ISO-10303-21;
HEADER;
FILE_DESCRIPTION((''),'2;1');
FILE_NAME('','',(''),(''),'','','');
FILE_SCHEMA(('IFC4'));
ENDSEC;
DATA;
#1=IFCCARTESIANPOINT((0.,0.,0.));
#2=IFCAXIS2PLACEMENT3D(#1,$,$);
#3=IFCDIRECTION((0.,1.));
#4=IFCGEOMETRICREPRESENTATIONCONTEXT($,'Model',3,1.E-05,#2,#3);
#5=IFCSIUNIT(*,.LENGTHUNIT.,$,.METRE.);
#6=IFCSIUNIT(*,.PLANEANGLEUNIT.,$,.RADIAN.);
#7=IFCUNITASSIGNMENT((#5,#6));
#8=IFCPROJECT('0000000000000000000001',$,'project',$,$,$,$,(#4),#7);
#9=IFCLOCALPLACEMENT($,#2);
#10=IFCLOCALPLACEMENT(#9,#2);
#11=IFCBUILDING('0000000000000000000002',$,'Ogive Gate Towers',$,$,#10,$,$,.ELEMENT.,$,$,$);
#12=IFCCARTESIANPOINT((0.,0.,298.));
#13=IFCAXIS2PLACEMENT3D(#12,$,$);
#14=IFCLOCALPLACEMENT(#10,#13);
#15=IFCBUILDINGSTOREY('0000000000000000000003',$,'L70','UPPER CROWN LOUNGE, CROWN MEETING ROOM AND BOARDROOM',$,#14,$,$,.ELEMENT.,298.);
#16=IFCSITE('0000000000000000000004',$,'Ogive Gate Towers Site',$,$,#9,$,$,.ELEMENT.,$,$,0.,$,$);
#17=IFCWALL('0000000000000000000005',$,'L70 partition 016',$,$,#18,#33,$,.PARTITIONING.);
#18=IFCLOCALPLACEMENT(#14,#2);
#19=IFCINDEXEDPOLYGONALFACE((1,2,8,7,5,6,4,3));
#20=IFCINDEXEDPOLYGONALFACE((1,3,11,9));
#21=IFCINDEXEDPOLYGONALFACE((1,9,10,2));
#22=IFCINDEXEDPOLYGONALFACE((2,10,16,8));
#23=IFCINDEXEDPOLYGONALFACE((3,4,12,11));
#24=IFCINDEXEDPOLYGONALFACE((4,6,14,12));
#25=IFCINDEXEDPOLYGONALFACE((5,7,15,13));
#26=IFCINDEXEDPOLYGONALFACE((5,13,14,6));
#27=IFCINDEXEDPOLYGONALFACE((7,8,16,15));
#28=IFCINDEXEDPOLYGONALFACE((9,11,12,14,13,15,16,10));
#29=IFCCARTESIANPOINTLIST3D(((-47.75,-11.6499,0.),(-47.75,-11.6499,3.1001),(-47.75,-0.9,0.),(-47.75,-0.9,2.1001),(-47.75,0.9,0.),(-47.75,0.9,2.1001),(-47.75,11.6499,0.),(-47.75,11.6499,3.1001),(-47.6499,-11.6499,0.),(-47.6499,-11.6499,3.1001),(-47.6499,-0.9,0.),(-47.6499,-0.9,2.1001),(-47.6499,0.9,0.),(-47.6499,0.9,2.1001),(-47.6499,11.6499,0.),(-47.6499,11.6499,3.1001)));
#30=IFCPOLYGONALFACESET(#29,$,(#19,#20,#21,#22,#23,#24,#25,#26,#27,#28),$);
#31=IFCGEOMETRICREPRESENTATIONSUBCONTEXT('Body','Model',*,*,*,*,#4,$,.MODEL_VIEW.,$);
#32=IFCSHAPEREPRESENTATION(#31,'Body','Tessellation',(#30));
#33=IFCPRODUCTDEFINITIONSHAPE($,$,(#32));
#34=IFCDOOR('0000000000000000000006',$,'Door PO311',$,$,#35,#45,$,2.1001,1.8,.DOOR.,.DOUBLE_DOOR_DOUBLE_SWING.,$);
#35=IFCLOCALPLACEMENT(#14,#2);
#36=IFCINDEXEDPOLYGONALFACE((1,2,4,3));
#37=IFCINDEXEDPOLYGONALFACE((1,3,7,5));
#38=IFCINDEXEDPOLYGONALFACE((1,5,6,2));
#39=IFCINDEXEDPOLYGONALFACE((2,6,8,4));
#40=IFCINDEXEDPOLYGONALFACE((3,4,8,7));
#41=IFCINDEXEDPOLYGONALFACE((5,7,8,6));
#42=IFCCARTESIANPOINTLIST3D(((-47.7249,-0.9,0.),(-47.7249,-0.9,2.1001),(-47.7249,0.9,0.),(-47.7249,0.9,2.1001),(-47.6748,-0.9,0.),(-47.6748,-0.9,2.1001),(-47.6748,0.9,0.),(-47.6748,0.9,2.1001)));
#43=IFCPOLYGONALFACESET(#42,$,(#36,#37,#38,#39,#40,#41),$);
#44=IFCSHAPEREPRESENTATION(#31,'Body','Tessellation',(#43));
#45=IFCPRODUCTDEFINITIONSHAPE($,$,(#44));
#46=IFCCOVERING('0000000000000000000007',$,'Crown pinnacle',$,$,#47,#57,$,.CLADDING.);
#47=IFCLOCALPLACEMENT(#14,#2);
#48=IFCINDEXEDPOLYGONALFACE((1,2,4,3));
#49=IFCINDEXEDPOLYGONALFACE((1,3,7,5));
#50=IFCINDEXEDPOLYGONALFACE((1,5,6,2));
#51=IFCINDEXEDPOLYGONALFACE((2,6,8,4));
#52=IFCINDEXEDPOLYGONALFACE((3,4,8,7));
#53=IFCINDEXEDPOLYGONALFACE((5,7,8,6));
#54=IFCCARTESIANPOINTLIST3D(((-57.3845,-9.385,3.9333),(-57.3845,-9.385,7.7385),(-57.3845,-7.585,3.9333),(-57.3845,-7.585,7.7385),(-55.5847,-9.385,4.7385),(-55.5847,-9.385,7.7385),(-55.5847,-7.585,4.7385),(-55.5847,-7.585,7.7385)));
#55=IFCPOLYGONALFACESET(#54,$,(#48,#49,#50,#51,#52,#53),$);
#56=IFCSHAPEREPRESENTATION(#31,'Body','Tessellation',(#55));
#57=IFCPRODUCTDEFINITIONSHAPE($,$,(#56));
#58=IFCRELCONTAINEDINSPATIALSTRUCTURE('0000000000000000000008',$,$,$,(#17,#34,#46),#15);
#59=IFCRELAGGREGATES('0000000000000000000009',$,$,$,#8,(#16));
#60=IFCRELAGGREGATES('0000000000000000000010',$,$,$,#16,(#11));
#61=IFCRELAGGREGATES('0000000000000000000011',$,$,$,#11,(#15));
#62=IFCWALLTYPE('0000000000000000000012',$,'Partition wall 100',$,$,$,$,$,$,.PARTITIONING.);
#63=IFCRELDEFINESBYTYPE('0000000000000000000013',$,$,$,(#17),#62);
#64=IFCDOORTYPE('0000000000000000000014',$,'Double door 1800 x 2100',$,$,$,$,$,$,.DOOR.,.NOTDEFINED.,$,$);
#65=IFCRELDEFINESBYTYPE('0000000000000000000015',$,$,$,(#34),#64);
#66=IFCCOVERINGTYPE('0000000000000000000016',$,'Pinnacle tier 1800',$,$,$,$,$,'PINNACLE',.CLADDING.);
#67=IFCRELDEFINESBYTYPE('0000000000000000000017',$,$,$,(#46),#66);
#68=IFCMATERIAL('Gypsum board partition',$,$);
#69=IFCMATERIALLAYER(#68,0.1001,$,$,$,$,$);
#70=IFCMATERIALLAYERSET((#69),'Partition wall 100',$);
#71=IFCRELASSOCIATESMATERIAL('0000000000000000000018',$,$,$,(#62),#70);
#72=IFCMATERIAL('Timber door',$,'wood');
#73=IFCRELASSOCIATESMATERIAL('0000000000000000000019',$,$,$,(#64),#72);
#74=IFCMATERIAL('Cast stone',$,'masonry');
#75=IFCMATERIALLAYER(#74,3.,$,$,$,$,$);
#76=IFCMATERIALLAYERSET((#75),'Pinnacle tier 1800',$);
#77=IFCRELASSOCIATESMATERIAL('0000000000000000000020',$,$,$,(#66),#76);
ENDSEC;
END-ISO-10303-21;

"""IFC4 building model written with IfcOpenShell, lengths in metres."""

from ifc_helpers import new_model, si_unit, direction, frame, frame_2d, origin, place, context, subcontext, project, spatial, polyline, rectangle, outline, extrude, material, layer, layer_set, type_object, element, fill, save


model = new_model("IFC4")

# Units and contexts
model_context = context("Model", 3, precision=1e-05, world=origin(), true_north=direction((0.0, 1.0)))
body_context = subcontext(model_context, "Body", "Model", "MODEL_VIEW")
ifc_project = project(units=[si_unit("LENGTHUNIT", "METRE"), si_unit("PLANEANGLEUNIT", "RADIAN")], contexts=[model_context])

# Site, building, storey
site_placement = place(None, origin())
site = spatial("IfcSite", under=ifc_project, at=site_placement, Name="Ogive Gate Towers Site", CompositionType="ELEMENT", RefElevation=0.0)
building_placement = place(site_placement, origin())
building = spatial("IfcBuilding", under=site, at=building_placement, Name="Ogive Gate Towers", CompositionType="ELEMENT")
storey_placement = place(building_placement, frame((0.0, 0.0, 298.0)))
storey = spatial("IfcBuildingStorey", under=building, at=storey_placement, Name="L70", Description="UPPER CROWN LOUNGE, CROWN MEETING ROOM AND BOARDROOM", CompositionType="ELEMENT", Elevation=298.0)

# Shared definitions
ifc_material_1 = material(Name="Gypsum board partition")
ifc_layer_1 = layer(ifc_material_1, 0.1001)
ifc_layer_set_1 = layer_set([ifc_layer_1], Name="Partition wall 100")
wall_type = type_object("IfcWallType", Name="Partition wall 100", PredefinedType="PARTITIONING", material=ifc_layer_set_1)

# Wall, opening, door
ifc_material_2 = material(Name="Timber door", Category="wood")
door_type = type_object("IfcDoorType", Name="Double door 1800 x 2100", OperationType="NOTDEFINED", PredefinedType="DOOR", material=ifc_material_2)
wall_1_placement = place(storey_placement, frame((-47.7, -11.6499, 0.0), z_axis=(0.0, 0.0, 1.0), x_axis=(0.0, 1.0, 0.0)))
wall_1 = element("IfcWall", 1, at=wall_1_placement, inside=storey, type_object=wall_type, Name="L70 partition 016", PredefinedType="PARTITIONING", context=body_context, shape_type="SweptSolid", body=[
    extrude(rectangle(XDim=23.2998, YDim=0.1001, at=frame_2d((11.6499, 0.0))), origin(), (0.0, 0.0, 1.0), 3.1001),
])
opening_1_placement = place(wall_1_placement, frame((10.75, 0.0, 0.0)))
opening_1 = element("IfcOpeningElement", 2, at=opening_1_placement, cuts=wall_1, PredefinedType="OPENING", context=body_context, shape_type="SweptSolid", body=[
    extrude(rectangle(XDim=1.8, YDim=2.1001, at=frame_2d((0.8999, 1.05))), frame((0.0, 0.0601, 0.0), z_axis=(0.0, -1.0, 0.0), x_axis=(1.0, 0.0, 0.0)), (0.0, 0.0, 1.0), 0.1201),
])
door_1_placement = place(opening_1_placement, origin())
door_1 = element("IfcDoor", 3, at=door_1_placement, inside=storey, type_object=door_type, Name="Door PO311", OperationType="DOUBLE_DOOR_DOUBLE_SWING", OverallHeight=2.1001, OverallWidth=1.8, PredefinedType="DOOR", context=body_context, shape_type="SweptSolid", body=[
    extrude(rectangle(XDim=1.8, YDim=2.1001, at=frame_2d((0.8999, 1.05))), frame((0.0, 0.0249, 0.0), z_axis=(0.0, -1.0, 0.0), x_axis=(1.0, 0.0, 0.0)), (0.0, 0.0, 1.0), 0.05),
])
fill(opening_1, door_1)

# Covering
ifc_material_3 = material(Name="Cast stone", Category="masonry")
ifc_layer_2 = layer(ifc_material_3, 3.0)
ifc_layer_set_2 = layer_set([ifc_layer_2], Name="Pinnacle tier 1800")
covering_type = type_object("IfcCoveringType", Name="Pinnacle tier 1800", ElementType="PINNACLE", PredefinedType="CLADDING", material=ifc_layer_set_2)
covering_placement = place(storey_placement, frame((-56.4846, -9.385, 4.3359), z_axis=(0.0, 1.0, 0.0), x_axis=(-1.0, 0.0, 0.0)))
element("IfcCovering", 4, at=covering_placement, inside=storey, type_object=covering_type, Name="Crown pinnacle", PredefinedType="CLADDING", context=body_context, shape_type="SweptSolid", body=[
    extrude(outline(polyline([(0.8999, -0.4026), (-0.8999, 0.4026), (-0.8999, 3.4026), (0.8999, 3.4026), (0.8999, -0.4026)])), origin(), (0.0, 0.0, 1.0), 1.8),
])

save(model, "model.ifc")
